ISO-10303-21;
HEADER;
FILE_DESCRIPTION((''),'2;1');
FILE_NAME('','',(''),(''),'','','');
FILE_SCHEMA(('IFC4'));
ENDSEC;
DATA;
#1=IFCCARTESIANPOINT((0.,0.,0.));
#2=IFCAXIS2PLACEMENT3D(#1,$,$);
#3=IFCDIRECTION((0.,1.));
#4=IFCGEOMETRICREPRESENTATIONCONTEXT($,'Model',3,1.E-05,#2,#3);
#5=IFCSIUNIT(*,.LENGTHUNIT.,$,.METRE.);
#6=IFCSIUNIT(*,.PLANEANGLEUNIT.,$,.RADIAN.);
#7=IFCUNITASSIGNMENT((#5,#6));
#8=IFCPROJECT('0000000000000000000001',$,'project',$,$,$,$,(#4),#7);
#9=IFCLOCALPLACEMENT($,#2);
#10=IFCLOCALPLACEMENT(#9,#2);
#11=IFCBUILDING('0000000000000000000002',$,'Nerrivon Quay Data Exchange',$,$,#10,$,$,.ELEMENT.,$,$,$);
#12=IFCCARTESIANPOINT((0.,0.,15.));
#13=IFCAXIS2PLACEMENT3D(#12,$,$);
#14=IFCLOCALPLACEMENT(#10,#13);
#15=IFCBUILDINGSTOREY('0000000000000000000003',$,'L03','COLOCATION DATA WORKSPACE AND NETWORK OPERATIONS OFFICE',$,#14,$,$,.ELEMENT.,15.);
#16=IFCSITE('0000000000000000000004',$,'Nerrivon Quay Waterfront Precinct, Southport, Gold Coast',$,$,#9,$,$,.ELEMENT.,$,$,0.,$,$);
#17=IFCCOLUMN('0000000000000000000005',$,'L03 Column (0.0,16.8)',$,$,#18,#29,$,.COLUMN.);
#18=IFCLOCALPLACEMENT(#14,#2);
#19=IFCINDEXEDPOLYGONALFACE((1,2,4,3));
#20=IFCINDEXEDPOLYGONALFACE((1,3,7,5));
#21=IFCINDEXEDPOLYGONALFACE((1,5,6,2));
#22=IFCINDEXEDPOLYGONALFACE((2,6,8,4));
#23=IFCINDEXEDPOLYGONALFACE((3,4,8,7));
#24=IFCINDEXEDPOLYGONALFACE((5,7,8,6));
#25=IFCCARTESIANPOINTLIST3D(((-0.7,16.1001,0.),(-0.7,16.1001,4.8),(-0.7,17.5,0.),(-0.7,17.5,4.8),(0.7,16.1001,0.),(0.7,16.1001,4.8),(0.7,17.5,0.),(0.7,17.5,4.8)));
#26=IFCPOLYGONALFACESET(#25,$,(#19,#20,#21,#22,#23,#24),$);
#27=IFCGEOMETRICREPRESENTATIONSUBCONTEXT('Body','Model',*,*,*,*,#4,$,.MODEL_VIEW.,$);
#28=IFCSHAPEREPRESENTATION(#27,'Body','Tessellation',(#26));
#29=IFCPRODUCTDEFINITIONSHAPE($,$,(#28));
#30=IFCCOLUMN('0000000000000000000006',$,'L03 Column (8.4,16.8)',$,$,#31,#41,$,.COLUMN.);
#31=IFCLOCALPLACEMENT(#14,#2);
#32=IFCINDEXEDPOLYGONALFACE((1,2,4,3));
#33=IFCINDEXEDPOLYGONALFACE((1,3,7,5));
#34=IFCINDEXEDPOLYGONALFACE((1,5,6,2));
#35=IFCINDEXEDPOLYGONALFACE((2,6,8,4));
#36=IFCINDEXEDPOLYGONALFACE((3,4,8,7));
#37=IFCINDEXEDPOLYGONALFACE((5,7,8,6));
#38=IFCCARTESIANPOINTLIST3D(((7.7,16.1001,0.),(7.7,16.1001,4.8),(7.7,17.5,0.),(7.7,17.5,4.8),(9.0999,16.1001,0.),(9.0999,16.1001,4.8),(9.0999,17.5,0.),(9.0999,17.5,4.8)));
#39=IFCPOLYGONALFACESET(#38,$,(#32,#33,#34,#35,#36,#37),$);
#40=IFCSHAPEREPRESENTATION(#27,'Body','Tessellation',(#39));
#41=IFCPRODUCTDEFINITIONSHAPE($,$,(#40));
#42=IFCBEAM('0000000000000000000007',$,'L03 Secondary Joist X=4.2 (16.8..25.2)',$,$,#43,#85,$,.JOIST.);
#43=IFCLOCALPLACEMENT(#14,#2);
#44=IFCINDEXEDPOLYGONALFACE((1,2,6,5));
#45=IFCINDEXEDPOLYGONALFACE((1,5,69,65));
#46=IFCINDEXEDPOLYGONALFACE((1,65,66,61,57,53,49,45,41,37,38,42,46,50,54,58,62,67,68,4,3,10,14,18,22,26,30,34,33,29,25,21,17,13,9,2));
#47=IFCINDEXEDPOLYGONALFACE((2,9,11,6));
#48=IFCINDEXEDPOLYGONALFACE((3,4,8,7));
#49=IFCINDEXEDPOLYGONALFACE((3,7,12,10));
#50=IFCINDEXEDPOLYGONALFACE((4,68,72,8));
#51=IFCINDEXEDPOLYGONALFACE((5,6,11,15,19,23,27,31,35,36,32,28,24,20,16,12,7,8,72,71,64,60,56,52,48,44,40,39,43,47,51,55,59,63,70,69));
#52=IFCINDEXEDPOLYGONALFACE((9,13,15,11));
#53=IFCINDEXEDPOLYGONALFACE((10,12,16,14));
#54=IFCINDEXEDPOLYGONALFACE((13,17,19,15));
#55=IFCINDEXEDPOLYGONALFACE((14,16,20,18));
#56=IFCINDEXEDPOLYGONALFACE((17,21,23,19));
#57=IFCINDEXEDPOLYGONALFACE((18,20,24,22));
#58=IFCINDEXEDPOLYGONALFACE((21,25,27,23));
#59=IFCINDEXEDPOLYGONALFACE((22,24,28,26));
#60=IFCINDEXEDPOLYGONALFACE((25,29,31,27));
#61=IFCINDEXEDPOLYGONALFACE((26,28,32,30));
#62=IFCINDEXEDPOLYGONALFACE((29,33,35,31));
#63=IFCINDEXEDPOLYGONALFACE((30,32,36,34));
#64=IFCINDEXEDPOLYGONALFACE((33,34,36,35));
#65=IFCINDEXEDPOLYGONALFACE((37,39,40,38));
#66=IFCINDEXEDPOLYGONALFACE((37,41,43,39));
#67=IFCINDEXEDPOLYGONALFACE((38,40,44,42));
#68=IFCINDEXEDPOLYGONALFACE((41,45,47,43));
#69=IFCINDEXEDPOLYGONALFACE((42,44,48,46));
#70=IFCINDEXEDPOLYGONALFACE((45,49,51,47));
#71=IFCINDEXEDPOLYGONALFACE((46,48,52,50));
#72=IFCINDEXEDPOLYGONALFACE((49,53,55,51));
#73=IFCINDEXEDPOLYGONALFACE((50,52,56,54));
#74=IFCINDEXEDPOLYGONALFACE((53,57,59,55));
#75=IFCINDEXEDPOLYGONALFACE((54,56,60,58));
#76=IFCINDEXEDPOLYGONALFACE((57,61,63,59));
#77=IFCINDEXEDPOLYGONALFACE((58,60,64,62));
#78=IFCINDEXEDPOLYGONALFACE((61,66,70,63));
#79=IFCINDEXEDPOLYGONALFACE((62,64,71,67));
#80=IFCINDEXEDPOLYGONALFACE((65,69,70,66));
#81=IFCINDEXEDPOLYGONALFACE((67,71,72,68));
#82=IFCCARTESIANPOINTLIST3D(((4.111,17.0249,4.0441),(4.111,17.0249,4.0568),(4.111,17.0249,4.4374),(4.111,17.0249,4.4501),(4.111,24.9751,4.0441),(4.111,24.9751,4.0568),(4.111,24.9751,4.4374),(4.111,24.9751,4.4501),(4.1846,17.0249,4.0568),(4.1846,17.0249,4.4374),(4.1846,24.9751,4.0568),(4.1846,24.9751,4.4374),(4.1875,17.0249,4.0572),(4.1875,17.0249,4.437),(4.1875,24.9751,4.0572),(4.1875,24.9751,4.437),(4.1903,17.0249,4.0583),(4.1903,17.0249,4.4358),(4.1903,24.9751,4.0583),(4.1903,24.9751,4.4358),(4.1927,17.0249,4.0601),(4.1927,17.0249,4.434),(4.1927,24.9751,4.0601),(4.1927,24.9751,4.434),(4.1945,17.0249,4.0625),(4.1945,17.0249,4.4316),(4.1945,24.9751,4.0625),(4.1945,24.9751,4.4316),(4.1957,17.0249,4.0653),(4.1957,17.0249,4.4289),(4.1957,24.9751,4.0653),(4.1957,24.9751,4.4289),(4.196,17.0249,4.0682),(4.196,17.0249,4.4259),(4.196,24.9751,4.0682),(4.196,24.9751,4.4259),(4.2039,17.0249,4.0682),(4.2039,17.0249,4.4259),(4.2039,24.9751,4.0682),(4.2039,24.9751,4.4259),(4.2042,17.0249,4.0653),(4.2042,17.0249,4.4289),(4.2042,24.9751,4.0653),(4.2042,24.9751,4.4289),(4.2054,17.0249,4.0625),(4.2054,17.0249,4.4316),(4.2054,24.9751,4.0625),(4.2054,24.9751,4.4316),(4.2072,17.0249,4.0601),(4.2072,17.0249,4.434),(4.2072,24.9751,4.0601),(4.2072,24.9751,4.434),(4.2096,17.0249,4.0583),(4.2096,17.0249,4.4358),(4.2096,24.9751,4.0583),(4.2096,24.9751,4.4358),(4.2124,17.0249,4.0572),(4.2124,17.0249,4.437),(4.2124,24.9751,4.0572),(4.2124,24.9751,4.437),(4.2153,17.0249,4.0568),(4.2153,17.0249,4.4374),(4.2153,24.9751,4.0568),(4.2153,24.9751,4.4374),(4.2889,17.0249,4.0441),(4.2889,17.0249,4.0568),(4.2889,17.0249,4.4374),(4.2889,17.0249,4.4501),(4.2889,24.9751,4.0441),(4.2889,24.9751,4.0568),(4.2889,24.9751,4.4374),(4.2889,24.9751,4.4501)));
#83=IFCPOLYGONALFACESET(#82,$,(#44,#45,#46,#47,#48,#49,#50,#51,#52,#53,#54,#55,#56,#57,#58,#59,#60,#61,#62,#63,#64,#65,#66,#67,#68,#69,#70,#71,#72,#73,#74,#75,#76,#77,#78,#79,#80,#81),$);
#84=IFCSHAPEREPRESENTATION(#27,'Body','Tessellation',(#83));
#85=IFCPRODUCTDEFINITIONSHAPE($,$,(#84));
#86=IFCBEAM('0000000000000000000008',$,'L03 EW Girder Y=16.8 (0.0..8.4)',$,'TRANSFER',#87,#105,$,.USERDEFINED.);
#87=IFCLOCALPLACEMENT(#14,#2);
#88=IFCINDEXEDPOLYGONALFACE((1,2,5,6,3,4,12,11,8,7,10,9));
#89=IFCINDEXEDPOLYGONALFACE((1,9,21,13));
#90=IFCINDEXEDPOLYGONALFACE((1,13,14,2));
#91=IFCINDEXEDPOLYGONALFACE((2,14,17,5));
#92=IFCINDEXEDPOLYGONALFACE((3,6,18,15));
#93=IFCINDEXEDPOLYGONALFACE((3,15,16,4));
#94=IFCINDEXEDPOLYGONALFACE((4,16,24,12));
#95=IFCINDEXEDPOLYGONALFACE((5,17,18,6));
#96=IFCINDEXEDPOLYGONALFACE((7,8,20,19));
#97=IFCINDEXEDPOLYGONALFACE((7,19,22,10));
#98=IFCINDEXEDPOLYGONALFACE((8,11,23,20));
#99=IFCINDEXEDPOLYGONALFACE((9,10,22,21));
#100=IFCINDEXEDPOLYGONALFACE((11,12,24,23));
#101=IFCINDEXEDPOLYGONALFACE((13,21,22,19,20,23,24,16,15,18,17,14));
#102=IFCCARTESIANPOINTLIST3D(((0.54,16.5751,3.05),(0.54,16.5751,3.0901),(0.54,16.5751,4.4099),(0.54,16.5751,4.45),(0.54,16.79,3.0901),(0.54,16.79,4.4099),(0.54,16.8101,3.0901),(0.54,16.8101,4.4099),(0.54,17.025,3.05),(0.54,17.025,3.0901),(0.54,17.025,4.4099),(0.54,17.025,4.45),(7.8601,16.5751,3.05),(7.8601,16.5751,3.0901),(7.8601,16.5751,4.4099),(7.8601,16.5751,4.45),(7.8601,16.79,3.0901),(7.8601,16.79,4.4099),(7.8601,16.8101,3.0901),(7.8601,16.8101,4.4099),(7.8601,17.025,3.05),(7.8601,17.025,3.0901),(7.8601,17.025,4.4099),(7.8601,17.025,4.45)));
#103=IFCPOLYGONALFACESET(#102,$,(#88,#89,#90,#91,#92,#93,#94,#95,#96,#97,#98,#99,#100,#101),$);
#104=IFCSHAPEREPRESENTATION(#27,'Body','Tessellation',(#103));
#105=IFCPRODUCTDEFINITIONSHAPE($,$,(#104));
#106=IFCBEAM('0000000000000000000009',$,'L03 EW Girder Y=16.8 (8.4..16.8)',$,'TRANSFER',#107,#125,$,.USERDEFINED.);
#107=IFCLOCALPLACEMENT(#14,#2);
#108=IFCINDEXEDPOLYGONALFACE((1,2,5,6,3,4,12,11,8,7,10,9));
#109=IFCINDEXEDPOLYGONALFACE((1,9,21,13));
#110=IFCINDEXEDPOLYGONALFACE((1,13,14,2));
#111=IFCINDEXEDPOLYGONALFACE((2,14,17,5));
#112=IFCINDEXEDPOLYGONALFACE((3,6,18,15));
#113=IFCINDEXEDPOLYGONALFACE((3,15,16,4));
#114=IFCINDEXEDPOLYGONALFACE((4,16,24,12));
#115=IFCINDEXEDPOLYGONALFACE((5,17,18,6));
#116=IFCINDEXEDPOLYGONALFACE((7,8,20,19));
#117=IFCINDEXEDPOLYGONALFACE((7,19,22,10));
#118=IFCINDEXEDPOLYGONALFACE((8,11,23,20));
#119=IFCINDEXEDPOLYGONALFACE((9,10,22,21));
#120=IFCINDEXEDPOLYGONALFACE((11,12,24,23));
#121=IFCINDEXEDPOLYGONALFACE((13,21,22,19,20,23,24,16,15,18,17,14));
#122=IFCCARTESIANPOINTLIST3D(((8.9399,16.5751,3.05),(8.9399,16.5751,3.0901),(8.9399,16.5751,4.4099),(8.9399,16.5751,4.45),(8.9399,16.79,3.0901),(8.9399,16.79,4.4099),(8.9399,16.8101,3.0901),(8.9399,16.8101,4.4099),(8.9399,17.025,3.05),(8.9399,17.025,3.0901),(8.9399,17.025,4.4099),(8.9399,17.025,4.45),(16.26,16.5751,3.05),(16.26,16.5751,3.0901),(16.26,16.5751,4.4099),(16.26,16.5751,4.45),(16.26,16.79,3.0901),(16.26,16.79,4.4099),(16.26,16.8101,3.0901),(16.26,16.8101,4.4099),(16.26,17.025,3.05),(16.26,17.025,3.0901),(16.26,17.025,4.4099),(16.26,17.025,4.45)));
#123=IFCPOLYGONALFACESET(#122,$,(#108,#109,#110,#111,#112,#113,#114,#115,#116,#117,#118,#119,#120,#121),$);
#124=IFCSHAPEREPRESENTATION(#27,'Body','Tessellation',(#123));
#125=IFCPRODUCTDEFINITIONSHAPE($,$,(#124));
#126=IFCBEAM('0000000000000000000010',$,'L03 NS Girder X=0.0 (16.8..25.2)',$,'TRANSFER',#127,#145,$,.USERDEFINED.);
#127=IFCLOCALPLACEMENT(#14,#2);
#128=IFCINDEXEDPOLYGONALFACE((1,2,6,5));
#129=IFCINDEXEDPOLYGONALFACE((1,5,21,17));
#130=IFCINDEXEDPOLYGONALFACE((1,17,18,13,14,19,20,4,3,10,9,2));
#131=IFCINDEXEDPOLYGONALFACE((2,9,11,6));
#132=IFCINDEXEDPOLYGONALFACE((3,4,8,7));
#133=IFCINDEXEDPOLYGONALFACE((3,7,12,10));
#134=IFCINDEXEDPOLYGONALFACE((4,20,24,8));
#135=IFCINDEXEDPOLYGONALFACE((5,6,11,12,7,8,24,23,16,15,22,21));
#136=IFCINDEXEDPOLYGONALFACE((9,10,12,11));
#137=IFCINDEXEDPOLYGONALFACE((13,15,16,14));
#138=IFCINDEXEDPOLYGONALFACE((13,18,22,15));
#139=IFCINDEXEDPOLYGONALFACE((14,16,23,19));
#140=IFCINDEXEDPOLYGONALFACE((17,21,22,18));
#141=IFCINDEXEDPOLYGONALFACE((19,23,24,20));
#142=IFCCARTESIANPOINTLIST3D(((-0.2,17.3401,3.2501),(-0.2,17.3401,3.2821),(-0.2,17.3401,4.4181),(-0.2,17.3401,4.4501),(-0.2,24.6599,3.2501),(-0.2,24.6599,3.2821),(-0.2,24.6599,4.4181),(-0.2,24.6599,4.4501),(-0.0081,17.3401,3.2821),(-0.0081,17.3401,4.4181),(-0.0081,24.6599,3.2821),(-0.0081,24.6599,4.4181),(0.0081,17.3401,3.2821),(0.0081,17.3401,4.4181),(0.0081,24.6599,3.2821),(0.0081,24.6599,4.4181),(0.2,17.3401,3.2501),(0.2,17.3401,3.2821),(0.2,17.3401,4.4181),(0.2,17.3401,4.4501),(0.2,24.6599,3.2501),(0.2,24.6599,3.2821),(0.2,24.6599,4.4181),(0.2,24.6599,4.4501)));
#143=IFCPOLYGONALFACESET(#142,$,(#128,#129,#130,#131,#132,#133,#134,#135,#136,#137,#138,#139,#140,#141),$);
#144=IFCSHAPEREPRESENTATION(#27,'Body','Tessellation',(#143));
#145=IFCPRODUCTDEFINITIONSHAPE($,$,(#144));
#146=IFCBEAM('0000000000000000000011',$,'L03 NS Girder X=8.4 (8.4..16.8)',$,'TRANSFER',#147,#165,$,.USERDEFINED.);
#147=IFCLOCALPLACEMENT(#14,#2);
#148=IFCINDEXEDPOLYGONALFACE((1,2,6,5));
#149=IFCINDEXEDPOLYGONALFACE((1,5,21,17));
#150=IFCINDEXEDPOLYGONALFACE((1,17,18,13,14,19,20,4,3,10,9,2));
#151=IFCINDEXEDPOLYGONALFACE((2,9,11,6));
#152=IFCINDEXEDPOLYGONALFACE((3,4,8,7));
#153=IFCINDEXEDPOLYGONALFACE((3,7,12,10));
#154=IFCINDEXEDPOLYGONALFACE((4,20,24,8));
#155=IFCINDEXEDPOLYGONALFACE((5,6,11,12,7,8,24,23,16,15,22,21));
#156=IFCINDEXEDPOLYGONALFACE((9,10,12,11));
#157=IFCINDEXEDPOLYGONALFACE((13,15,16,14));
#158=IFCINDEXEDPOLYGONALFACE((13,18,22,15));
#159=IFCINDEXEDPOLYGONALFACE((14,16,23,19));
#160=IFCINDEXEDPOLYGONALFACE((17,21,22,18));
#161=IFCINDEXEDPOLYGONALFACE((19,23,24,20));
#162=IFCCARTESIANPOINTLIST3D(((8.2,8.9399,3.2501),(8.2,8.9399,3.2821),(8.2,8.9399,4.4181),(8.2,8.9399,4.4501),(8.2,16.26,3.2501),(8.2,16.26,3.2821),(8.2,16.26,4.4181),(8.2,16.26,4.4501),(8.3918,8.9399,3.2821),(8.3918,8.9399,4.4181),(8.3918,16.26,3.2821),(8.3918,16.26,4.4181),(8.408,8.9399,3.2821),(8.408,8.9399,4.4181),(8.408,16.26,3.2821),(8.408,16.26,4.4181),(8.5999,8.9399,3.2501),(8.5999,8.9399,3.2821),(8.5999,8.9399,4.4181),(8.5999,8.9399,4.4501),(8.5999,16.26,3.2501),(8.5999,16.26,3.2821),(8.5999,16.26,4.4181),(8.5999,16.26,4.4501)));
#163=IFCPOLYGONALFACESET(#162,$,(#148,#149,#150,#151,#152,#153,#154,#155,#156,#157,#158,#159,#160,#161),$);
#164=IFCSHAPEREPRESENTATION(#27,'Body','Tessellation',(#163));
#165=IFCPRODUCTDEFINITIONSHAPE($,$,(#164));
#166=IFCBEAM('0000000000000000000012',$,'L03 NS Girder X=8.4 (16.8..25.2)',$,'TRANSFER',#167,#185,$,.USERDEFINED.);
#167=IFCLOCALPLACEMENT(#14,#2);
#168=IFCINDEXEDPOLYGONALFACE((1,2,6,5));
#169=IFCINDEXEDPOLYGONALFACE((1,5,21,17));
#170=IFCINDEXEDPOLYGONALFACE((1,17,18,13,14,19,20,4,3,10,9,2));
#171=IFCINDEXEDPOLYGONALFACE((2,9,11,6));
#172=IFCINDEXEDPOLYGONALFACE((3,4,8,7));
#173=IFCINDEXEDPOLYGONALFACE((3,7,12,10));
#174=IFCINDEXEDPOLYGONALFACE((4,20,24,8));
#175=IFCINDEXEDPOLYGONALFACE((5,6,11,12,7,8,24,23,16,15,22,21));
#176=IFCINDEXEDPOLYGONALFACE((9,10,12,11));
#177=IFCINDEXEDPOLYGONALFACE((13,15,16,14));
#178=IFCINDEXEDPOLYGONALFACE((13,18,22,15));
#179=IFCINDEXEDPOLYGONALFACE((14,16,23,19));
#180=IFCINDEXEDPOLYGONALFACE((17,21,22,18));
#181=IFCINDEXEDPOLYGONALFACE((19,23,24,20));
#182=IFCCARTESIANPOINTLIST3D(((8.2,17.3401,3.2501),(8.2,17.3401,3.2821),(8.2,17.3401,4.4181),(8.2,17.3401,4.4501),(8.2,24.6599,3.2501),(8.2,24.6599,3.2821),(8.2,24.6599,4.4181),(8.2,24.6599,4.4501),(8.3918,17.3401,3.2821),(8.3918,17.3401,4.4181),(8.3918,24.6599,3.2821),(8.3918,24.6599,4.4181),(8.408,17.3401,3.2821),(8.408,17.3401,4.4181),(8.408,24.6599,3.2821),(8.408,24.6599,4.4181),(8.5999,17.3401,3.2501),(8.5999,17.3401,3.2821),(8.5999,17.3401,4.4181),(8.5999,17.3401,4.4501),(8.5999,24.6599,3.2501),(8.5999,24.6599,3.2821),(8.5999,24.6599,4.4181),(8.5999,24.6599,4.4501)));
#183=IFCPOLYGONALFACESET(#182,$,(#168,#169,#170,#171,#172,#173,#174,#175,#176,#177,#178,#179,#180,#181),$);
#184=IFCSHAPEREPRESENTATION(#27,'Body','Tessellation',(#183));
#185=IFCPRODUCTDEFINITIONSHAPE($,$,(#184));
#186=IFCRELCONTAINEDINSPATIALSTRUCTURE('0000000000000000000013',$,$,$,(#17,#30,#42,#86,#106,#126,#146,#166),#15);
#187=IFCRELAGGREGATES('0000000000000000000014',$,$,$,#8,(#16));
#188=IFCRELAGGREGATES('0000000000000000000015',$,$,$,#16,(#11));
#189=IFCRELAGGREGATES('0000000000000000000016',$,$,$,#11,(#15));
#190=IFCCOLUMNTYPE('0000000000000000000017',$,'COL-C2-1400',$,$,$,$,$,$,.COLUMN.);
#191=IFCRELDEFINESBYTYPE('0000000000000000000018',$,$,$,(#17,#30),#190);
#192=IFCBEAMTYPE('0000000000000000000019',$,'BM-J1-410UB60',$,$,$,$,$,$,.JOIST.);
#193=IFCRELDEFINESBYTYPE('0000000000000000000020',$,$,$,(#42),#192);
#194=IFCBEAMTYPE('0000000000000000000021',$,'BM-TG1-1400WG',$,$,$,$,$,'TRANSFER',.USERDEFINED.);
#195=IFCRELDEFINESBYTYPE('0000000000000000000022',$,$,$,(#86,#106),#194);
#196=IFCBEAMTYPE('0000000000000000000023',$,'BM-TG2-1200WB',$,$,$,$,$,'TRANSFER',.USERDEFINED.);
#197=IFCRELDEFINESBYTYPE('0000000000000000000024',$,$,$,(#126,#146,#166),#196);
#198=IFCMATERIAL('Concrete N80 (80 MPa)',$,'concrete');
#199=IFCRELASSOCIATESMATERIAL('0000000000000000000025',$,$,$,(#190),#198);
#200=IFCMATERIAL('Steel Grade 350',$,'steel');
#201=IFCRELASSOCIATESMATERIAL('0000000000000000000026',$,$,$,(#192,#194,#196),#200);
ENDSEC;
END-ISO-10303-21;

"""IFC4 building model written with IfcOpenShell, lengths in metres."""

from ifc_helpers import new_model, si_unit, direction, frame, origin, origin_2d, place, context, subcontext, project, spatial, rectangle, i_section, extrude, material, material_profile, profile_set, type_object, element, save


model = new_model("IFC4")

# Units and contexts
model_context = context("Model", 3, precision=1e-05, world=origin(), true_north=direction((0.0, 1.0)))
body_context = subcontext(model_context, "Body", "Model", "MODEL_VIEW")
ifc_project = project(units=[si_unit("LENGTHUNIT", "METRE"), si_unit("PLANEANGLEUNIT", "RADIAN")], contexts=[model_context])

# Site, building, storey
site_placement = place(None, origin())
site = spatial("IfcSite", under=ifc_project, at=site_placement, Name="Nerrivon Quay Waterfront Precinct, Southport, Gold Coast", CompositionType="ELEMENT", RefElevation=0.0)
building_placement = place(site_placement, origin())
building = spatial("IfcBuilding", under=site, at=building_placement, Name="Nerrivon Quay Data Exchange", CompositionType="ELEMENT")
storey_placement = place(building_placement, frame((0.0, 0.0, 15.0)))
storey = spatial("IfcBuildingStorey", under=building, at=storey_placement, Name="L03", Description="COLOCATION DATA WORKSPACE AND NETWORK OPERATIONS OFFICE", CompositionType="ELEMENT", Elevation=15.0)

# Columns
ifc_material_1 = material(Name="Concrete N80 (80 MPa)", Category="concrete")
ifc_material_profile_1 = material_profile(ifc_material_1, rectangle(XDim=1.3999, YDim=1.3999, at=origin_2d()), Name="RC-COL-1400x1400")
ifc_profile_set_1 = profile_set([ifc_material_profile_1], Name="Concrete N80 (80 MPa)")
column_type = type_object("IfcColumnType", Name="COL-C2-1400", PredefinedType="COLUMN", material=ifc_profile_set_1)
for number, where, z_axis, x_axis, name in (
    (1, (0.0, 16.8, 0.0), (0.0, 0.0, 1.0), (1.0, 0.0, 0.0), "L03 Column (0.0,16.8)"),
    (2, (8.3999, 16.8, 0.0), (0.0, 0.0, 1.0), (1.0, 0.0, 0.0), "L03 Column (8.4,16.8)"),
):
    element("IfcColumn", number, at=place(storey_placement, frame(where, z_axis=z_axis, x_axis=x_axis)), inside=storey, type_object=column_type, Name=name, PredefinedType="COLUMN", context=body_context, shape_type="SweptSolid", body=[
        extrude(rectangle(XDim=1.3999, YDim=1.3999, at=origin_2d()), origin(), (0.0, 0.0, 1.0), 4.8),
    ])

# Beams
ifc_material_2 = material(Name="Steel Grade 350", Category="steel")
ifc_material_profile_2 = material_profile(ifc_material_2, i_section(OverallWidth=0.178, OverallDepth=0.406, WebThickness=0.0078, FlangeThickness=0.0127, FilletRadius=0.0115, at=origin_2d()), Name="410UB59.7")
ifc_profile_set_2 = profile_set([ifc_material_profile_2], Name="Steel Grade 350")
beam_type_1 = type_object("IfcBeamType", Name="BM-J1-410UB60", PredefinedType="JOIST", material=ifc_profile_set_2)
beam_1_placement = place(storey_placement, frame((4.2, 17.0249, 4.2471), z_axis=(0.0, 1.0, 0.0), x_axis=(-1.0, 0.0, 0.0)))
element("IfcBeam", 3, at=beam_1_placement, inside=storey, type_object=beam_type_1, Name="L03 Secondary Joist X=4.2 (16.8..25.2)", PredefinedType="JOIST", context=body_context, shape_type="SweptSolid", body=[
    extrude(i_section(OverallWidth=0.178, OverallDepth=0.406, WebThickness=0.0078, FlangeThickness=0.0127, FilletRadius=0.0115, at=origin_2d()), origin(), (0.0, 0.0, 1.0), 7.9502),
])
ifc_material_profile_3 = material_profile(ifc_material_2, i_section(OverallWidth=0.45, OverallDepth=1.3999, WebThickness=0.02, FlangeThickness=0.04, at=origin_2d()), Name="1400WG455")
ifc_profile_set_3 = profile_set([ifc_material_profile_3], Name="Steel Grade 350")
beam_type_2 = type_object("IfcBeamType", Name="BM-TG1-1400WG", ElementType="TRANSFER", PredefinedType="USERDEFINED", material=ifc_profile_set_3)
for number, where, z_axis, x_axis, name in (
    (4, (0.54, 16.8, 3.75), (1.0, 0.0, 0.0), (0.0, 1.0, 0.0), "L03 EW Girder Y=16.8 (0.0..8.4)"),
    (5, (8.9399, 16.8, 3.75), (1.0, 0.0, 0.0), (0.0, 1.0, 0.0), "L03 EW Girder Y=16.8 (8.4..16.8)"),
):
    element("IfcBeam", number, at=place(storey_placement, frame(where, z_axis=z_axis, x_axis=x_axis)), inside=storey, type_object=beam_type_2, Name=name, ObjectType="TRANSFER", PredefinedType="USERDEFINED", context=body_context, shape_type="SweptSolid", body=[
        extrude(i_section(OverallWidth=0.45, OverallDepth=1.3999, WebThickness=0.02, FlangeThickness=0.04, at=origin_2d()), origin(), (0.0, 0.0, 1.0), 7.3201),
    ])
ifc_material_profile_4 = material_profile(ifc_material_2, i_section(OverallWidth=0.3999, OverallDepth=1.2, WebThickness=0.0161, FlangeThickness=0.032, at=origin_2d()), Name="1200WB342")
ifc_profile_set_4 = profile_set([ifc_material_profile_4], Name="Steel Grade 350")
beam_type_3 = type_object("IfcBeamType", Name="BM-TG2-1200WB", ElementType="TRANSFER", PredefinedType="USERDEFINED", material=ifc_profile_set_4)
beam_2_placement = place(storey_placement, frame((0.0, 17.3401, 3.8501), z_axis=(0.0, 1.0, 0.0), x_axis=(-1.0, 0.0, 0.0)))
element("IfcBeam", 6, at=beam_2_placement, inside=storey, type_object=beam_type_3, Name="L03 NS Girder X=0.0 (16.8..25.2)", ObjectType="TRANSFER", PredefinedType="USERDEFINED", context=body_context, shape_type="SweptSolid", body=[
    extrude(i_section(OverallWidth=0.3999, OverallDepth=1.2, WebThickness=0.0161, FlangeThickness=0.032, at=origin_2d()), origin(), (0.0, 0.0, 1.0), 7.3198),
])
beam_3_placement = place(storey_placement, frame((8.3999, 8.9399, 3.8501), z_axis=(0.0, 1.0, 0.0), x_axis=(-1.0, 0.0, 0.0)))
element("IfcBeam", 7, at=beam_3_placement, inside=storey, type_object=beam_type_3, Name="L03 NS Girder X=8.4 (8.4..16.8)", ObjectType="TRANSFER", PredefinedType="USERDEFINED", context=body_context, shape_type="SweptSolid", body=[
    extrude(i_section(OverallWidth=0.3999, OverallDepth=1.2, WebThickness=0.0161, FlangeThickness=0.032, at=origin_2d()), origin(), (0.0, 0.0, 1.0), 7.3201),
])
beam_4_placement = place(storey_placement, frame((8.3999, 17.3401, 3.8501), z_axis=(0.0, 1.0, 0.0), x_axis=(-1.0, 0.0, 0.0)))
element("IfcBeam", 8, at=beam_4_placement, inside=storey, type_object=beam_type_3, Name="L03 NS Girder X=8.4 (16.8..25.2)", ObjectType="TRANSFER", PredefinedType="USERDEFINED", context=body_context, shape_type="SweptSolid", body=[
    extrude(i_section(OverallWidth=0.3999, OverallDepth=1.2, WebThickness=0.0161, FlangeThickness=0.032, at=origin_2d()), origin(), (0.0, 0.0, 1.0), 7.3198),
])

save(model, "model.ifc")
